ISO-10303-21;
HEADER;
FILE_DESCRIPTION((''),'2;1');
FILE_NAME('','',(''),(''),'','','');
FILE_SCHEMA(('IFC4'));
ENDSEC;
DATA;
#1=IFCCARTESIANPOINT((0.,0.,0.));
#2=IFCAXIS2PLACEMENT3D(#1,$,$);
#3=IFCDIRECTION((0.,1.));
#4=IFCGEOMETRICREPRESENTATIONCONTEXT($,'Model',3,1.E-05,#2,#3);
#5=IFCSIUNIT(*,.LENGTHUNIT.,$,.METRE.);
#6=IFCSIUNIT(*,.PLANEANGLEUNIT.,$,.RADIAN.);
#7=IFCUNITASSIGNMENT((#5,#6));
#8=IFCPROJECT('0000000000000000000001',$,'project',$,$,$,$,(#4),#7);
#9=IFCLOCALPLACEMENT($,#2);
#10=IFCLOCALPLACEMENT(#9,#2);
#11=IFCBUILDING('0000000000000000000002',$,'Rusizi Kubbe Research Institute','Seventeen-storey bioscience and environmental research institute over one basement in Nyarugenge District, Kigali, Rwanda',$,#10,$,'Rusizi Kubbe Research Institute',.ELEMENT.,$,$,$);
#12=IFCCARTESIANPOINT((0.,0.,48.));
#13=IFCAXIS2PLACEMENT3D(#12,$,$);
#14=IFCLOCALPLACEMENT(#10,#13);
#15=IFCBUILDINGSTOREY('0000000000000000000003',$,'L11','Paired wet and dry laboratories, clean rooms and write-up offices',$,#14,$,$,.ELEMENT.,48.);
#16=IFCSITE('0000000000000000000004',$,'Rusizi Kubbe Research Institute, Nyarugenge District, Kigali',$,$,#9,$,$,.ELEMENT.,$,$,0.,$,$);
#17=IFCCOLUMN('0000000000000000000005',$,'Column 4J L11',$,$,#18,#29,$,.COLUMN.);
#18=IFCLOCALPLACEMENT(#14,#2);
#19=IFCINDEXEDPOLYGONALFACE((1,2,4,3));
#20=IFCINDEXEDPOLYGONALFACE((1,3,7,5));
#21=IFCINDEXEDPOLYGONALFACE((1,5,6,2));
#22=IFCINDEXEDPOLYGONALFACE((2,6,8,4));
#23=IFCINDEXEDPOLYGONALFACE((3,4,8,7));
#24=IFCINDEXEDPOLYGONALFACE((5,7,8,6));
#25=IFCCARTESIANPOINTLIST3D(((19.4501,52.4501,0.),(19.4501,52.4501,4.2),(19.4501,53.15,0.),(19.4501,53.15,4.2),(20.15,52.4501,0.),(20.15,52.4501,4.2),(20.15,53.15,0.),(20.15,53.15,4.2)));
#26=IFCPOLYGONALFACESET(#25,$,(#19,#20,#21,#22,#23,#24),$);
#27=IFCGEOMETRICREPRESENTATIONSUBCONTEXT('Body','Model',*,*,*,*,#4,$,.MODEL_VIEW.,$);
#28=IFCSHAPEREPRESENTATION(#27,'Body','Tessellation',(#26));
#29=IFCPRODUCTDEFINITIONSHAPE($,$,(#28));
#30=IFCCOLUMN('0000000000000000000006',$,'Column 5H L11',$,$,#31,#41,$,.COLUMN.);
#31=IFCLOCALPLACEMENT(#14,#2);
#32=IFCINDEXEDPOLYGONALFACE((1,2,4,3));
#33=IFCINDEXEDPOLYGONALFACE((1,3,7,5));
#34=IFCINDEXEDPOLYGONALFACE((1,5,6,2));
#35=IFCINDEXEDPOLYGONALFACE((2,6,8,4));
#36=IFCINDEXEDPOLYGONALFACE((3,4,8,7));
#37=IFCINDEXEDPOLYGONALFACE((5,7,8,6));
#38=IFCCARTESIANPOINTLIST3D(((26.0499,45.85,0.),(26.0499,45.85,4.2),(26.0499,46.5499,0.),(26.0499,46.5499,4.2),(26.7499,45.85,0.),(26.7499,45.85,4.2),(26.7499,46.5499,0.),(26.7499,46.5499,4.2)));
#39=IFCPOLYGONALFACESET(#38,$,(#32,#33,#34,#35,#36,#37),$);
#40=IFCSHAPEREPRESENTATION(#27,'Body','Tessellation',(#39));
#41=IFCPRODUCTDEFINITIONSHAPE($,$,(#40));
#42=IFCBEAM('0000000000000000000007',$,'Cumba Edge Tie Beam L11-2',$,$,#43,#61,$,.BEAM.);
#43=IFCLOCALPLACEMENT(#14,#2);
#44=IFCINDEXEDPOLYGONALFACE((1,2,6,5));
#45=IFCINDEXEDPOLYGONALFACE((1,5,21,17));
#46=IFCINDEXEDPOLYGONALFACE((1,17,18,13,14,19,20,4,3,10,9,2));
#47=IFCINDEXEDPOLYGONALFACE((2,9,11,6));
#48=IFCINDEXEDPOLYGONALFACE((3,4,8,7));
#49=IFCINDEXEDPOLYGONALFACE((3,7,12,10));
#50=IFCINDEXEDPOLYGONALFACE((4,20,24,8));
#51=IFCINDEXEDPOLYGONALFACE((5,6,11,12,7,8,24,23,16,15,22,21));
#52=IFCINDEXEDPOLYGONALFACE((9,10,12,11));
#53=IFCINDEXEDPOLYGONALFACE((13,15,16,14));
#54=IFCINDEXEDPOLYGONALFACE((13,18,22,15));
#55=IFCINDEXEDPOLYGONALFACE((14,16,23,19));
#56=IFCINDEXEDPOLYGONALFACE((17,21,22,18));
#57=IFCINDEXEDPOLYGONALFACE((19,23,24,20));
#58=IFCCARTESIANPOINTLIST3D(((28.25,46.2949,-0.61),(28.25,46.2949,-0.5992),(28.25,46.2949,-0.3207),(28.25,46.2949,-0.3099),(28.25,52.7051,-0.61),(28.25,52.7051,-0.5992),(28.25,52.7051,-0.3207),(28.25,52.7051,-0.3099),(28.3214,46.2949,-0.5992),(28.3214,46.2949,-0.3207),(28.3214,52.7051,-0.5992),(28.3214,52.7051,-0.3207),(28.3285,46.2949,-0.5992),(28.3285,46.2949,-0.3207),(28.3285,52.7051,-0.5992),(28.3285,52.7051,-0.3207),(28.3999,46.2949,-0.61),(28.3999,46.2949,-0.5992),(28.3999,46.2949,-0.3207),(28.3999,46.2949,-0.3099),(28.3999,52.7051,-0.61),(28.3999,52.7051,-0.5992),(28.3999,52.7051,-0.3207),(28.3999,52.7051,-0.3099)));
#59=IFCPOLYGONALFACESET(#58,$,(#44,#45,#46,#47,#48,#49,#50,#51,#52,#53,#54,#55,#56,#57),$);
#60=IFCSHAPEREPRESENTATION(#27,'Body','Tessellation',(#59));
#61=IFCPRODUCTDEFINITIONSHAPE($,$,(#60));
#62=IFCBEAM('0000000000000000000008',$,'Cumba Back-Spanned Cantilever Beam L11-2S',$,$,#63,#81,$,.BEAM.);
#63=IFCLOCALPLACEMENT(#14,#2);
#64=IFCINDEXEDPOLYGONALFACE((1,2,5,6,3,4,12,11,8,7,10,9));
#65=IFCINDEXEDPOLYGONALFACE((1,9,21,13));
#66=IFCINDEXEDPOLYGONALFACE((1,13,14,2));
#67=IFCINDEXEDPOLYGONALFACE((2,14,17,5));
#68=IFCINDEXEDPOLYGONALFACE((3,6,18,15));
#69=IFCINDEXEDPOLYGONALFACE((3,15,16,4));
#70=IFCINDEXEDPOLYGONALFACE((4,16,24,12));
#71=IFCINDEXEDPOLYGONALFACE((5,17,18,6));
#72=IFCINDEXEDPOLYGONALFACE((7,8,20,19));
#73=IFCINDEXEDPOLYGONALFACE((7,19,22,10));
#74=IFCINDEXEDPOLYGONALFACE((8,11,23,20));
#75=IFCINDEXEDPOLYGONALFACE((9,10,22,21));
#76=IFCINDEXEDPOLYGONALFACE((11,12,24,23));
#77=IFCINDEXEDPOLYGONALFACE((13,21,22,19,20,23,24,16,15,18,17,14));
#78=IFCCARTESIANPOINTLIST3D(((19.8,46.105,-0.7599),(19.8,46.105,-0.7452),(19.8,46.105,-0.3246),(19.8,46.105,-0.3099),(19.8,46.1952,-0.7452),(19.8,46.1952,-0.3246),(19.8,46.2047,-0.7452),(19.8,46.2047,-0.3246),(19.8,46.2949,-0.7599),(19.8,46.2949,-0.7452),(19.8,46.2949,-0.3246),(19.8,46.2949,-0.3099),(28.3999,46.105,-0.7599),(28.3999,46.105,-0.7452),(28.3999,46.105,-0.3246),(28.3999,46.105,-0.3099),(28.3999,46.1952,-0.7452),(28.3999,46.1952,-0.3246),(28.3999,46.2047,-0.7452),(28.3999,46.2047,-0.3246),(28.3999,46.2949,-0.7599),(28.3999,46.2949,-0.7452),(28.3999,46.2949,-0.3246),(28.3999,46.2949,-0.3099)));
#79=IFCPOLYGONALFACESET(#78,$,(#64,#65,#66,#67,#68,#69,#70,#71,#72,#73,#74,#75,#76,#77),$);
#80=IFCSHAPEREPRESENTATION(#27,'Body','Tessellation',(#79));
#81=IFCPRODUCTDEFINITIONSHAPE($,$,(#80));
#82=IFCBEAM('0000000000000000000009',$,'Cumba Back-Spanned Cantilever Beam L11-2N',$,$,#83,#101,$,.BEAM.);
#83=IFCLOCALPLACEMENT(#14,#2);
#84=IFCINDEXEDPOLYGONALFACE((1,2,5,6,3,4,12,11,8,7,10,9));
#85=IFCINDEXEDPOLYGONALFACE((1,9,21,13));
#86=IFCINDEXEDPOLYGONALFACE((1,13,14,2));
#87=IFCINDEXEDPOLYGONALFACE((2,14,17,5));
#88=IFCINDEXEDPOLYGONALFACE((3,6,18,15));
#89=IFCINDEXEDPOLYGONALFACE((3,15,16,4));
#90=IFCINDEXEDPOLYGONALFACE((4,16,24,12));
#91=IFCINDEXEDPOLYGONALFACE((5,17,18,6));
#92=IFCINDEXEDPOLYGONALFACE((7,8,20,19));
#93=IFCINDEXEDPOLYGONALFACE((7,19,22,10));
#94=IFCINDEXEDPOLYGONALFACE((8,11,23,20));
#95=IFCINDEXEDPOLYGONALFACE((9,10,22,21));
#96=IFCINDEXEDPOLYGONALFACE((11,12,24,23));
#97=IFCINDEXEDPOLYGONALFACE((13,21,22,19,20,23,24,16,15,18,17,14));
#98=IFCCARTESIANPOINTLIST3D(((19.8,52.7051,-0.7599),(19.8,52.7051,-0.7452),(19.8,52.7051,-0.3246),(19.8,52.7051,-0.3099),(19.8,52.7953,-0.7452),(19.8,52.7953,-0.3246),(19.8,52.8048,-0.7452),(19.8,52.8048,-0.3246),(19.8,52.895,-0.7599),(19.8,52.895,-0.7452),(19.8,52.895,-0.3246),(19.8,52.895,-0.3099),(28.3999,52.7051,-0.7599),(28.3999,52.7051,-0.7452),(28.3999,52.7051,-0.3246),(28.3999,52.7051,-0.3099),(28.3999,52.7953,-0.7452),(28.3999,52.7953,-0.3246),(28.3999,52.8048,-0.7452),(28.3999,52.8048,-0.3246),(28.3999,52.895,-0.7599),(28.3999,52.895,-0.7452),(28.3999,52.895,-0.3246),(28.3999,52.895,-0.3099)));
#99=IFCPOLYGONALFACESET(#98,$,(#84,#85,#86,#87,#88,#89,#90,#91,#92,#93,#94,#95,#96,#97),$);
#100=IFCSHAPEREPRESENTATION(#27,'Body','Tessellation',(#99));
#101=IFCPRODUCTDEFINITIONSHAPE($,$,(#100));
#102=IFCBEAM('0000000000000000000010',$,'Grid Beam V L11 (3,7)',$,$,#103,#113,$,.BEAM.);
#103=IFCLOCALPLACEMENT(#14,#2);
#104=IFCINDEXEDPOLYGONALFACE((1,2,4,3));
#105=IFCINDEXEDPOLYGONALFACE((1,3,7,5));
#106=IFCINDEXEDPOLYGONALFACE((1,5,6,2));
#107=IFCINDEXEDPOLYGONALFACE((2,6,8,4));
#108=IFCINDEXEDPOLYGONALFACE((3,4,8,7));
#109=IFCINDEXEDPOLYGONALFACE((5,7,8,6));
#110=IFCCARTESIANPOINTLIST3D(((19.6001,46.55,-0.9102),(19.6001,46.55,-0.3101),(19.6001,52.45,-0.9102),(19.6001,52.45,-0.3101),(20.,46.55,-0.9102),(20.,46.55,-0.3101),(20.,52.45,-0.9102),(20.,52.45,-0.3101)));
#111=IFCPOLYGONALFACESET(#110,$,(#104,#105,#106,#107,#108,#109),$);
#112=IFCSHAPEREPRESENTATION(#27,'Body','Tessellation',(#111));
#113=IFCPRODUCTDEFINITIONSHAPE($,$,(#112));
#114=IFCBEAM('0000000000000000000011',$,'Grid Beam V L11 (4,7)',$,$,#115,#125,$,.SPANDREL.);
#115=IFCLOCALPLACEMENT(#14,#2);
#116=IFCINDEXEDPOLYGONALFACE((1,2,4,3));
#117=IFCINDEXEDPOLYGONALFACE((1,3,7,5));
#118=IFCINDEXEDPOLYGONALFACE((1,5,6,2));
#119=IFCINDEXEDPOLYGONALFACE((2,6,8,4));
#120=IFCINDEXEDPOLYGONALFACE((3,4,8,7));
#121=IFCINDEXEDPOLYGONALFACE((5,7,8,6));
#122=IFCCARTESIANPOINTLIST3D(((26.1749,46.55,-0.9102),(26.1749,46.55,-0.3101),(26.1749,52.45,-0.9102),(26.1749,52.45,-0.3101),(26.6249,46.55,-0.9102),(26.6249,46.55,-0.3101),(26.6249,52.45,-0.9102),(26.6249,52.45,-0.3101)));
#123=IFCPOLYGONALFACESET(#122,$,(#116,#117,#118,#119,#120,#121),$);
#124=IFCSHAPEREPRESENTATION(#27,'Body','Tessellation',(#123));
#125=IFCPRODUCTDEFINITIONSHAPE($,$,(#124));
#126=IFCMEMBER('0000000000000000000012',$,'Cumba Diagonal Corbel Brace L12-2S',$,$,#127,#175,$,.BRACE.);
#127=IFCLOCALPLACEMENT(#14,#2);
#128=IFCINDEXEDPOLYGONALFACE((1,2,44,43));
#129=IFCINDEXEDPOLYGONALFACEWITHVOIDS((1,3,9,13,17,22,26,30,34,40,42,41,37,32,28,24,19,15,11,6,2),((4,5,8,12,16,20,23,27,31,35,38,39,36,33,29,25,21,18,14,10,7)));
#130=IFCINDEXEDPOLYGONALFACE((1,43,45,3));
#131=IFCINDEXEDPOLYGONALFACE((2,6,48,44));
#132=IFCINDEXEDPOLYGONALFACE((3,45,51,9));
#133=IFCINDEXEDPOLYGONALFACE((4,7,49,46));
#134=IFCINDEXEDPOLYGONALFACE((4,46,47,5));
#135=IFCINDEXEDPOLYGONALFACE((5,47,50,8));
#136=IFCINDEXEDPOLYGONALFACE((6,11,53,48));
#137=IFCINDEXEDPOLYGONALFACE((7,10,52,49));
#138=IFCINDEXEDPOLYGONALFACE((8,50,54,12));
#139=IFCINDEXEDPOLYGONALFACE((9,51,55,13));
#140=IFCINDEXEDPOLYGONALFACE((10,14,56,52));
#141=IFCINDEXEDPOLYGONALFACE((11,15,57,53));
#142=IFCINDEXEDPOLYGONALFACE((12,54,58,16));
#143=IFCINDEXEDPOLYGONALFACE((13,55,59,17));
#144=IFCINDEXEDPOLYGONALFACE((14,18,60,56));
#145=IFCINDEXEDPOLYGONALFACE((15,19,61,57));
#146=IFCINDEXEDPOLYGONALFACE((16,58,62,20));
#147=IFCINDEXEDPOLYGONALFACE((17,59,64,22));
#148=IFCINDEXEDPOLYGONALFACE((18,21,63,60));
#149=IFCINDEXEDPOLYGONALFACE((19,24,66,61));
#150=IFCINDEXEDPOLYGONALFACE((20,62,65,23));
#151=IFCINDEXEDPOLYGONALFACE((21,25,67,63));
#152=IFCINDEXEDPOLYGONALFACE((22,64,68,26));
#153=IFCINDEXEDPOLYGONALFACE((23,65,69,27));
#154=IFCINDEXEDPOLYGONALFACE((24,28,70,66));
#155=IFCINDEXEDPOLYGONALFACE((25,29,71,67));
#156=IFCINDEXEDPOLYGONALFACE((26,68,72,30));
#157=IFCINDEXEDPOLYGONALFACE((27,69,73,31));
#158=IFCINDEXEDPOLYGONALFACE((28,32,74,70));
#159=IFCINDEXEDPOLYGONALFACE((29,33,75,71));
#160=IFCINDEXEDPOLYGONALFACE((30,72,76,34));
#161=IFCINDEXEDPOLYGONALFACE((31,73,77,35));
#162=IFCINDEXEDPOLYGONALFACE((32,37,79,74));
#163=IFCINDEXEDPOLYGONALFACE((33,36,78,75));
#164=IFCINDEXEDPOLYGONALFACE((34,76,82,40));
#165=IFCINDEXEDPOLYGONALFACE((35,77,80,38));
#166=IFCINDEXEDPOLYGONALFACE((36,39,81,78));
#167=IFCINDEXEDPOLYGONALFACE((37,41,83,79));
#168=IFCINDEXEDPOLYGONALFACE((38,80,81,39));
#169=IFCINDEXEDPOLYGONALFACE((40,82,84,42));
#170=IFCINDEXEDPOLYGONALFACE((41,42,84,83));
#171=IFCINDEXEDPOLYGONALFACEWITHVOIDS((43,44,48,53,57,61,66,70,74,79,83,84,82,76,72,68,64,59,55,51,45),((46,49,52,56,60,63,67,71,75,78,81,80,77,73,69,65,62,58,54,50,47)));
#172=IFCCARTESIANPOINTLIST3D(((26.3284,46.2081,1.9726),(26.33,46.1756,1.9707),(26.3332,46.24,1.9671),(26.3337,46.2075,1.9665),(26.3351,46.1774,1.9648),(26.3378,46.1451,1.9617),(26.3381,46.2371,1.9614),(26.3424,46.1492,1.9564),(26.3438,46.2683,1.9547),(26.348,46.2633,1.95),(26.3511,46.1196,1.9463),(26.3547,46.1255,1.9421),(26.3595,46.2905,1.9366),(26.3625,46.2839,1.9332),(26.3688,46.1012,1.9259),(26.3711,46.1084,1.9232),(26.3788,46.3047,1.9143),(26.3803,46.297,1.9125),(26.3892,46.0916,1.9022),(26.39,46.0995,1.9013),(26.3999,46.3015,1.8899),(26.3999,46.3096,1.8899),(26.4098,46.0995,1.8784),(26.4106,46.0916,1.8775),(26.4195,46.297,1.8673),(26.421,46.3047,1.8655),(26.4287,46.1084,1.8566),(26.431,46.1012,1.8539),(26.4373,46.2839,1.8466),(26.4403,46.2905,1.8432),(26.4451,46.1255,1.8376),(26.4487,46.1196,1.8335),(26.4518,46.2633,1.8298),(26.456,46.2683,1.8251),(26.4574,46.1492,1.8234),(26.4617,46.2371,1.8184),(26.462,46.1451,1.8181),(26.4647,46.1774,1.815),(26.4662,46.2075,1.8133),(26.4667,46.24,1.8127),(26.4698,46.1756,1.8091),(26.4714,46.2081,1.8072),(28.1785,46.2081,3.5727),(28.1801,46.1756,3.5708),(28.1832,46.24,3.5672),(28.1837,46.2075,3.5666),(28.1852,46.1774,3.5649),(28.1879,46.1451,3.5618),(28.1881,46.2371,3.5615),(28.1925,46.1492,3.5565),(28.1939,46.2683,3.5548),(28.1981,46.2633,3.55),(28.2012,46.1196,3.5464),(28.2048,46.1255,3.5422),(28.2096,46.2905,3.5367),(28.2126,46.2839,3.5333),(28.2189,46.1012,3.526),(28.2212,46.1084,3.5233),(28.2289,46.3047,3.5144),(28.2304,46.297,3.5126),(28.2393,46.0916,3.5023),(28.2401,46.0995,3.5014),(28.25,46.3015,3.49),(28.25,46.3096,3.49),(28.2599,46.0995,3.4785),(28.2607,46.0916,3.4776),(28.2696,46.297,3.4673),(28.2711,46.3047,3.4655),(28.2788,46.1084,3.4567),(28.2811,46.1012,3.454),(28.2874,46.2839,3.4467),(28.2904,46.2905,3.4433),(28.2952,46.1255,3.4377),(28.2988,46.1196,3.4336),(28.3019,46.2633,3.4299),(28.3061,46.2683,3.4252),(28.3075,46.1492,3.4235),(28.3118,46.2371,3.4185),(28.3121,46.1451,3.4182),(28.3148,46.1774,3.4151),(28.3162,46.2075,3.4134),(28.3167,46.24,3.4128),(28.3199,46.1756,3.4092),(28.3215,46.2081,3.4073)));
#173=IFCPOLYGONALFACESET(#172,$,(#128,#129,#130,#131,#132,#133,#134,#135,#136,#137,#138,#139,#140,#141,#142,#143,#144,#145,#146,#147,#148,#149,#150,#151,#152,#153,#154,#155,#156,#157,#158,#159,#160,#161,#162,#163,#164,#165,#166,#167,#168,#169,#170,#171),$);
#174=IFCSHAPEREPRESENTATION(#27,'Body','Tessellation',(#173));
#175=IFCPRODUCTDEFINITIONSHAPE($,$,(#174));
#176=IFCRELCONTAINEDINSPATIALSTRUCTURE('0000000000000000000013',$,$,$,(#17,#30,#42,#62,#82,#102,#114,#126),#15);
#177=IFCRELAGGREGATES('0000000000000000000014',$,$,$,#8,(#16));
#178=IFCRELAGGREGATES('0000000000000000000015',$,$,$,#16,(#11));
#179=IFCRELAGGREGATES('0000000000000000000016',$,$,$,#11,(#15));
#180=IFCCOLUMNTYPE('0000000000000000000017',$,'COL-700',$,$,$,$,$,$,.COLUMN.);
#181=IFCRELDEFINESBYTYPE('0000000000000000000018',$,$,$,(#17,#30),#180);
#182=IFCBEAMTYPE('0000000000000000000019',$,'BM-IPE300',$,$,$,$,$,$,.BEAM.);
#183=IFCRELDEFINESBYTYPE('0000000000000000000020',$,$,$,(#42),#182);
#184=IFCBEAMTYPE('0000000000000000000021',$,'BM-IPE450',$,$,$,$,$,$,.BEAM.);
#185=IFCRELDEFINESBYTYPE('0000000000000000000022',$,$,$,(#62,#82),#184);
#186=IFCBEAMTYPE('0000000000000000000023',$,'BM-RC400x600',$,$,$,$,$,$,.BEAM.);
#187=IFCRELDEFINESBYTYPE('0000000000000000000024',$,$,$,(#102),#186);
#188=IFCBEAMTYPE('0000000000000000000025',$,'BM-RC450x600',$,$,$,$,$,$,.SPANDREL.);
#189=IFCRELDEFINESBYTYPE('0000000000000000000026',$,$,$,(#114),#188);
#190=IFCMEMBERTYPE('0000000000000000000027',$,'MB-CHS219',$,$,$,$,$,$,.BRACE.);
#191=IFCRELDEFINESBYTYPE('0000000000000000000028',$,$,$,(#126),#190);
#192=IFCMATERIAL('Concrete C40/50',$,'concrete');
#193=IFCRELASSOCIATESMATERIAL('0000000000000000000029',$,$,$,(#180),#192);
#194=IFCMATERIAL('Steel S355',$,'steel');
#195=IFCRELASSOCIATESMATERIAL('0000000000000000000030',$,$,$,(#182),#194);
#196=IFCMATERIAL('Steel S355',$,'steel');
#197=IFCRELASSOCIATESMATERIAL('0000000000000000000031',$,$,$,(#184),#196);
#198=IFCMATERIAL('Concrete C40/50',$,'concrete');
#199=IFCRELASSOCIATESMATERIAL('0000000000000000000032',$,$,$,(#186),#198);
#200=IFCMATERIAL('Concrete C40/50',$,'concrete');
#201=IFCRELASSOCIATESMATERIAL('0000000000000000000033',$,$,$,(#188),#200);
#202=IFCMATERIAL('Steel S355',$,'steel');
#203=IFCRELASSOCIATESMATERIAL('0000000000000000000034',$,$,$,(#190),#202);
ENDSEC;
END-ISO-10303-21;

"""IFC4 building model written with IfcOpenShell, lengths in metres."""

from ifc_helpers import new_model, si_unit, direction, frame, origin, origin_2d, place, context, subcontext, project, spatial, rectangle, hollow_circle, i_section, extrude, material, material_profile, profile_set, type_object, element, save


model = new_model("IFC4")

# Units and contexts
model_context = context("Model", 3, precision=1e-05, world=origin(), true_north=direction((0.0, 1.0)))
body_context = subcontext(model_context, "Body", "Model", "MODEL_VIEW")
ifc_project = project(units=[si_unit("LENGTHUNIT", "METRE"), si_unit("PLANEANGLEUNIT", "RADIAN")], contexts=[model_context])

# Site, building, storey
site_placement = place(None, origin())
site = spatial("IfcSite", under=ifc_project, at=site_placement, Name="Rusizi Kubbe Research Institute, Nyarugenge District, Kigali", CompositionType="ELEMENT", RefElevation=0.0)
building_placement = place(site_placement, origin())
building = spatial("IfcBuilding", under=site, at=building_placement, Name="Rusizi Kubbe Research Institute", Description="Seventeen-storey bioscience and environmental research institute over one basement in Nyarugenge District, Kigali, Rwanda", LongName="Rusizi Kubbe Research Institute", CompositionType="ELEMENT")
storey_placement = place(building_placement, frame((0.0, 0.0, 48.0)))
storey = spatial("IfcBuildingStorey", under=building, at=storey_placement, Name="L11", Description="Paired wet and dry laboratories, clean rooms and write-up offices", CompositionType="ELEMENT", Elevation=48.0)

# Columns
ifc_material_1 = material(Name="Concrete C40/50", Category="concrete")
ifc_material_profile_1 = material_profile(ifc_material_1, rectangle(XDim=0.7, YDim=0.7, at=origin_2d()), Name="RC700x700")
ifc_profile_set_1 = profile_set([ifc_material_profile_1], Name="Concrete C40/50")
column_type = type_object("IfcColumnType", Name="COL-700", PredefinedType="COLUMN", material=ifc_profile_set_1)
for number, where, z_axis, x_axis, name in (
    (1, (19.8, 52.8, 0.0), (0.0, 0.0, 1.0), (1.0, 0.0, 0.0), "Column 4J L11"),
    (2, (26.3999, 46.2, 0.0), (0.0, 0.0, 1.0), (1.0, 0.0, 0.0), "Column 5H L11"),
):
    element("IfcColumn", number, at=place(storey_placement, frame(where, z_axis=z_axis, x_axis=x_axis)), inside=storey, type_object=column_type, Name=name, PredefinedType="COLUMN", context=body_context, shape_type="SweptSolid", body=[
        extrude(rectangle(XDim=0.7, YDim=0.7, at=origin_2d()), origin(), (0.0, 0.0, 1.0), 4.2),
    ])

# Beams
ifc_material_2 = material(Name="Steel S355", Category="steel")
ifc_material_profile_2 = material_profile(ifc_material_2, i_section(OverallWidth=0.1499, OverallDepth=0.3, WebThickness=0.0071, FlangeThickness=0.0107, at=origin_2d()), Name="IPE 300")
ifc_profile_set_2 = profile_set([ifc_material_profile_2], Name="Steel S355")
beam_type_1 = type_object("IfcBeamType", Name="BM-IPE300", PredefinedType="BEAM", material=ifc_profile_set_2)
beam_1_placement = place(storey_placement, frame((28.325, 46.2949, -0.46), z_axis=(0.0, 1.0, 0.0), x_axis=(-1.0, 0.0, 0.0)))
element("IfcBeam", 3, at=beam_1_placement, inside=storey, type_object=beam_type_1, Name="Cumba Edge Tie Beam L11-2", PredefinedType="BEAM", context=body_context, shape_type="SweptSolid", body=[
    extrude(i_section(OverallWidth=0.1499, OverallDepth=0.3, WebThickness=0.0071, FlangeThickness=0.0107, at=origin_2d()), origin(), (0.0, 0.0, 1.0), 6.4102),
])
ifc_material_3 = material(Name="Steel S355", Category="steel")
ifc_material_profile_3 = material_profile(ifc_material_3, i_section(OverallWidth=0.1899, OverallDepth=0.45, WebThickness=0.0095, FlangeThickness=0.0146, at=origin_2d()), Name="IPE 450")
ifc_profile_set_3 = profile_set([ifc_material_profile_3], Name="Steel S355")
beam_type_2 = type_object("IfcBeamType", Name="BM-IPE450", PredefinedType="BEAM", material=ifc_profile_set_3)
for number, where, z_axis, x_axis, name in (
    (4, (19.8, 46.2, -0.5349), (1.0, 0.0, 0.0), (0.0, 1.0, 0.0), "Cumba Back-Spanned Cantilever Beam L11-2S"),
    (5, (19.8, 52.8, -0.5349), (1.0, 0.0, 0.0), (0.0, 1.0, 0.0), "Cumba Back-Spanned Cantilever Beam L11-2N"),
):
    element("IfcBeam", number, at=place(storey_placement, frame(where, z_axis=z_axis, x_axis=x_axis)), inside=storey, type_object=beam_type_2, Name=name, PredefinedType="BEAM", context=body_context, shape_type="SweptSolid", body=[
        extrude(i_section(OverallWidth=0.1899, OverallDepth=0.45, WebThickness=0.0095, FlangeThickness=0.0146, at=origin_2d()), origin(), (0.0, 0.0, 1.0), 8.5999),
    ])
ifc_material_4 = material(Name="Concrete C40/50", Category="concrete")
ifc_material_profile_4 = material_profile(ifc_material_4, rectangle(XDim=0.3999, YDim=0.6001, at=origin_2d()), Name="RC400x600")
ifc_profile_set_4 = profile_set([ifc_material_profile_4], Name="Concrete C40/50")
beam_type_3 = type_object("IfcBeamType", Name="BM-RC400x600", PredefinedType="BEAM", material=ifc_profile_set_4)
beam_2_placement = place(storey_placement, frame((19.8, 46.55, -0.6101), z_axis=(0.0, 1.0, 0.0), x_axis=(-1.0, 0.0, 0.0)))
element("IfcBeam", 6, at=beam_2_placement, inside=storey, type_object=beam_type_3, Name="Grid Beam V L11 (3,7)", PredefinedType="BEAM", context=body_context, shape_type="SweptSolid", body=[
    extrude(rectangle(XDim=0.3999, YDim=0.6001, at=origin_2d()), origin(), (0.0, 0.0, 1.0), 5.8999),
])
ifc_material_5 = material(Name="Concrete C40/50", Category="concrete")
ifc_material_profile_5 = material_profile(ifc_material_5, rectangle(XDim=0.45, YDim=0.6001, at=origin_2d()), Name="RC450x600")
ifc_profile_set_5 = profile_set([ifc_material_profile_5], Name="Concrete C40/50")
beam_type_4 = type_object("IfcBeamType", Name="BM-RC450x600", PredefinedType="SPANDREL", material=ifc_profile_set_5)
beam_3_placement = place(storey_placement, frame((26.3999, 46.55, -0.6101), z_axis=(0.0, 1.0, 0.0), x_axis=(-1.0, 0.0, 0.0)))
element("IfcBeam", 7, at=beam_3_placement, inside=storey, type_object=beam_type_4, Name="Grid Beam V L11 (4,7)", PredefinedType="SPANDREL", context=body_context, shape_type="SweptSolid", body=[
    extrude(rectangle(XDim=0.45, YDim=0.6001, at=origin_2d()), origin(), (0.0, 0.0, 1.0), 5.8999),
])

# Member
ifc_material_6 = material(Name="Steel S355", Category="steel")
ifc_material_profile_6 = material_profile(ifc_material_6, hollow_circle(Radius=0.1096, WallThickness=0.0081, at=origin_2d()), Name="CHS 219.1x8.0")
ifc_profile_set_6 = profile_set([ifc_material_profile_6], Name="Steel S355")
member_type_1 = type_object("IfcMemberType", Name="MB-CHS219", PredefinedType="BRACE", material=ifc_profile_set_6)
member_1_placement = place(storey_placement, frame((26.3999, 46.2, 1.8899), z_axis=(0.756361, 0.0, 0.654155), x_axis=(0.0, 1.0, 0.0)))
element("IfcMember", 8, at=member_1_placement, inside=storey, type_object=member_type_1, Name="Cumba Diagonal Corbel Brace L12-2S", PredefinedType="BRACE", context=body_context, shape_type="SweptSolid", body=[
    extrude(hollow_circle(Radius=0.1096, WallThickness=0.0081, at=origin_2d()), origin(), (0.0, 0.0, 1.0), 2.446),
])

save(model, "model.ifc")
